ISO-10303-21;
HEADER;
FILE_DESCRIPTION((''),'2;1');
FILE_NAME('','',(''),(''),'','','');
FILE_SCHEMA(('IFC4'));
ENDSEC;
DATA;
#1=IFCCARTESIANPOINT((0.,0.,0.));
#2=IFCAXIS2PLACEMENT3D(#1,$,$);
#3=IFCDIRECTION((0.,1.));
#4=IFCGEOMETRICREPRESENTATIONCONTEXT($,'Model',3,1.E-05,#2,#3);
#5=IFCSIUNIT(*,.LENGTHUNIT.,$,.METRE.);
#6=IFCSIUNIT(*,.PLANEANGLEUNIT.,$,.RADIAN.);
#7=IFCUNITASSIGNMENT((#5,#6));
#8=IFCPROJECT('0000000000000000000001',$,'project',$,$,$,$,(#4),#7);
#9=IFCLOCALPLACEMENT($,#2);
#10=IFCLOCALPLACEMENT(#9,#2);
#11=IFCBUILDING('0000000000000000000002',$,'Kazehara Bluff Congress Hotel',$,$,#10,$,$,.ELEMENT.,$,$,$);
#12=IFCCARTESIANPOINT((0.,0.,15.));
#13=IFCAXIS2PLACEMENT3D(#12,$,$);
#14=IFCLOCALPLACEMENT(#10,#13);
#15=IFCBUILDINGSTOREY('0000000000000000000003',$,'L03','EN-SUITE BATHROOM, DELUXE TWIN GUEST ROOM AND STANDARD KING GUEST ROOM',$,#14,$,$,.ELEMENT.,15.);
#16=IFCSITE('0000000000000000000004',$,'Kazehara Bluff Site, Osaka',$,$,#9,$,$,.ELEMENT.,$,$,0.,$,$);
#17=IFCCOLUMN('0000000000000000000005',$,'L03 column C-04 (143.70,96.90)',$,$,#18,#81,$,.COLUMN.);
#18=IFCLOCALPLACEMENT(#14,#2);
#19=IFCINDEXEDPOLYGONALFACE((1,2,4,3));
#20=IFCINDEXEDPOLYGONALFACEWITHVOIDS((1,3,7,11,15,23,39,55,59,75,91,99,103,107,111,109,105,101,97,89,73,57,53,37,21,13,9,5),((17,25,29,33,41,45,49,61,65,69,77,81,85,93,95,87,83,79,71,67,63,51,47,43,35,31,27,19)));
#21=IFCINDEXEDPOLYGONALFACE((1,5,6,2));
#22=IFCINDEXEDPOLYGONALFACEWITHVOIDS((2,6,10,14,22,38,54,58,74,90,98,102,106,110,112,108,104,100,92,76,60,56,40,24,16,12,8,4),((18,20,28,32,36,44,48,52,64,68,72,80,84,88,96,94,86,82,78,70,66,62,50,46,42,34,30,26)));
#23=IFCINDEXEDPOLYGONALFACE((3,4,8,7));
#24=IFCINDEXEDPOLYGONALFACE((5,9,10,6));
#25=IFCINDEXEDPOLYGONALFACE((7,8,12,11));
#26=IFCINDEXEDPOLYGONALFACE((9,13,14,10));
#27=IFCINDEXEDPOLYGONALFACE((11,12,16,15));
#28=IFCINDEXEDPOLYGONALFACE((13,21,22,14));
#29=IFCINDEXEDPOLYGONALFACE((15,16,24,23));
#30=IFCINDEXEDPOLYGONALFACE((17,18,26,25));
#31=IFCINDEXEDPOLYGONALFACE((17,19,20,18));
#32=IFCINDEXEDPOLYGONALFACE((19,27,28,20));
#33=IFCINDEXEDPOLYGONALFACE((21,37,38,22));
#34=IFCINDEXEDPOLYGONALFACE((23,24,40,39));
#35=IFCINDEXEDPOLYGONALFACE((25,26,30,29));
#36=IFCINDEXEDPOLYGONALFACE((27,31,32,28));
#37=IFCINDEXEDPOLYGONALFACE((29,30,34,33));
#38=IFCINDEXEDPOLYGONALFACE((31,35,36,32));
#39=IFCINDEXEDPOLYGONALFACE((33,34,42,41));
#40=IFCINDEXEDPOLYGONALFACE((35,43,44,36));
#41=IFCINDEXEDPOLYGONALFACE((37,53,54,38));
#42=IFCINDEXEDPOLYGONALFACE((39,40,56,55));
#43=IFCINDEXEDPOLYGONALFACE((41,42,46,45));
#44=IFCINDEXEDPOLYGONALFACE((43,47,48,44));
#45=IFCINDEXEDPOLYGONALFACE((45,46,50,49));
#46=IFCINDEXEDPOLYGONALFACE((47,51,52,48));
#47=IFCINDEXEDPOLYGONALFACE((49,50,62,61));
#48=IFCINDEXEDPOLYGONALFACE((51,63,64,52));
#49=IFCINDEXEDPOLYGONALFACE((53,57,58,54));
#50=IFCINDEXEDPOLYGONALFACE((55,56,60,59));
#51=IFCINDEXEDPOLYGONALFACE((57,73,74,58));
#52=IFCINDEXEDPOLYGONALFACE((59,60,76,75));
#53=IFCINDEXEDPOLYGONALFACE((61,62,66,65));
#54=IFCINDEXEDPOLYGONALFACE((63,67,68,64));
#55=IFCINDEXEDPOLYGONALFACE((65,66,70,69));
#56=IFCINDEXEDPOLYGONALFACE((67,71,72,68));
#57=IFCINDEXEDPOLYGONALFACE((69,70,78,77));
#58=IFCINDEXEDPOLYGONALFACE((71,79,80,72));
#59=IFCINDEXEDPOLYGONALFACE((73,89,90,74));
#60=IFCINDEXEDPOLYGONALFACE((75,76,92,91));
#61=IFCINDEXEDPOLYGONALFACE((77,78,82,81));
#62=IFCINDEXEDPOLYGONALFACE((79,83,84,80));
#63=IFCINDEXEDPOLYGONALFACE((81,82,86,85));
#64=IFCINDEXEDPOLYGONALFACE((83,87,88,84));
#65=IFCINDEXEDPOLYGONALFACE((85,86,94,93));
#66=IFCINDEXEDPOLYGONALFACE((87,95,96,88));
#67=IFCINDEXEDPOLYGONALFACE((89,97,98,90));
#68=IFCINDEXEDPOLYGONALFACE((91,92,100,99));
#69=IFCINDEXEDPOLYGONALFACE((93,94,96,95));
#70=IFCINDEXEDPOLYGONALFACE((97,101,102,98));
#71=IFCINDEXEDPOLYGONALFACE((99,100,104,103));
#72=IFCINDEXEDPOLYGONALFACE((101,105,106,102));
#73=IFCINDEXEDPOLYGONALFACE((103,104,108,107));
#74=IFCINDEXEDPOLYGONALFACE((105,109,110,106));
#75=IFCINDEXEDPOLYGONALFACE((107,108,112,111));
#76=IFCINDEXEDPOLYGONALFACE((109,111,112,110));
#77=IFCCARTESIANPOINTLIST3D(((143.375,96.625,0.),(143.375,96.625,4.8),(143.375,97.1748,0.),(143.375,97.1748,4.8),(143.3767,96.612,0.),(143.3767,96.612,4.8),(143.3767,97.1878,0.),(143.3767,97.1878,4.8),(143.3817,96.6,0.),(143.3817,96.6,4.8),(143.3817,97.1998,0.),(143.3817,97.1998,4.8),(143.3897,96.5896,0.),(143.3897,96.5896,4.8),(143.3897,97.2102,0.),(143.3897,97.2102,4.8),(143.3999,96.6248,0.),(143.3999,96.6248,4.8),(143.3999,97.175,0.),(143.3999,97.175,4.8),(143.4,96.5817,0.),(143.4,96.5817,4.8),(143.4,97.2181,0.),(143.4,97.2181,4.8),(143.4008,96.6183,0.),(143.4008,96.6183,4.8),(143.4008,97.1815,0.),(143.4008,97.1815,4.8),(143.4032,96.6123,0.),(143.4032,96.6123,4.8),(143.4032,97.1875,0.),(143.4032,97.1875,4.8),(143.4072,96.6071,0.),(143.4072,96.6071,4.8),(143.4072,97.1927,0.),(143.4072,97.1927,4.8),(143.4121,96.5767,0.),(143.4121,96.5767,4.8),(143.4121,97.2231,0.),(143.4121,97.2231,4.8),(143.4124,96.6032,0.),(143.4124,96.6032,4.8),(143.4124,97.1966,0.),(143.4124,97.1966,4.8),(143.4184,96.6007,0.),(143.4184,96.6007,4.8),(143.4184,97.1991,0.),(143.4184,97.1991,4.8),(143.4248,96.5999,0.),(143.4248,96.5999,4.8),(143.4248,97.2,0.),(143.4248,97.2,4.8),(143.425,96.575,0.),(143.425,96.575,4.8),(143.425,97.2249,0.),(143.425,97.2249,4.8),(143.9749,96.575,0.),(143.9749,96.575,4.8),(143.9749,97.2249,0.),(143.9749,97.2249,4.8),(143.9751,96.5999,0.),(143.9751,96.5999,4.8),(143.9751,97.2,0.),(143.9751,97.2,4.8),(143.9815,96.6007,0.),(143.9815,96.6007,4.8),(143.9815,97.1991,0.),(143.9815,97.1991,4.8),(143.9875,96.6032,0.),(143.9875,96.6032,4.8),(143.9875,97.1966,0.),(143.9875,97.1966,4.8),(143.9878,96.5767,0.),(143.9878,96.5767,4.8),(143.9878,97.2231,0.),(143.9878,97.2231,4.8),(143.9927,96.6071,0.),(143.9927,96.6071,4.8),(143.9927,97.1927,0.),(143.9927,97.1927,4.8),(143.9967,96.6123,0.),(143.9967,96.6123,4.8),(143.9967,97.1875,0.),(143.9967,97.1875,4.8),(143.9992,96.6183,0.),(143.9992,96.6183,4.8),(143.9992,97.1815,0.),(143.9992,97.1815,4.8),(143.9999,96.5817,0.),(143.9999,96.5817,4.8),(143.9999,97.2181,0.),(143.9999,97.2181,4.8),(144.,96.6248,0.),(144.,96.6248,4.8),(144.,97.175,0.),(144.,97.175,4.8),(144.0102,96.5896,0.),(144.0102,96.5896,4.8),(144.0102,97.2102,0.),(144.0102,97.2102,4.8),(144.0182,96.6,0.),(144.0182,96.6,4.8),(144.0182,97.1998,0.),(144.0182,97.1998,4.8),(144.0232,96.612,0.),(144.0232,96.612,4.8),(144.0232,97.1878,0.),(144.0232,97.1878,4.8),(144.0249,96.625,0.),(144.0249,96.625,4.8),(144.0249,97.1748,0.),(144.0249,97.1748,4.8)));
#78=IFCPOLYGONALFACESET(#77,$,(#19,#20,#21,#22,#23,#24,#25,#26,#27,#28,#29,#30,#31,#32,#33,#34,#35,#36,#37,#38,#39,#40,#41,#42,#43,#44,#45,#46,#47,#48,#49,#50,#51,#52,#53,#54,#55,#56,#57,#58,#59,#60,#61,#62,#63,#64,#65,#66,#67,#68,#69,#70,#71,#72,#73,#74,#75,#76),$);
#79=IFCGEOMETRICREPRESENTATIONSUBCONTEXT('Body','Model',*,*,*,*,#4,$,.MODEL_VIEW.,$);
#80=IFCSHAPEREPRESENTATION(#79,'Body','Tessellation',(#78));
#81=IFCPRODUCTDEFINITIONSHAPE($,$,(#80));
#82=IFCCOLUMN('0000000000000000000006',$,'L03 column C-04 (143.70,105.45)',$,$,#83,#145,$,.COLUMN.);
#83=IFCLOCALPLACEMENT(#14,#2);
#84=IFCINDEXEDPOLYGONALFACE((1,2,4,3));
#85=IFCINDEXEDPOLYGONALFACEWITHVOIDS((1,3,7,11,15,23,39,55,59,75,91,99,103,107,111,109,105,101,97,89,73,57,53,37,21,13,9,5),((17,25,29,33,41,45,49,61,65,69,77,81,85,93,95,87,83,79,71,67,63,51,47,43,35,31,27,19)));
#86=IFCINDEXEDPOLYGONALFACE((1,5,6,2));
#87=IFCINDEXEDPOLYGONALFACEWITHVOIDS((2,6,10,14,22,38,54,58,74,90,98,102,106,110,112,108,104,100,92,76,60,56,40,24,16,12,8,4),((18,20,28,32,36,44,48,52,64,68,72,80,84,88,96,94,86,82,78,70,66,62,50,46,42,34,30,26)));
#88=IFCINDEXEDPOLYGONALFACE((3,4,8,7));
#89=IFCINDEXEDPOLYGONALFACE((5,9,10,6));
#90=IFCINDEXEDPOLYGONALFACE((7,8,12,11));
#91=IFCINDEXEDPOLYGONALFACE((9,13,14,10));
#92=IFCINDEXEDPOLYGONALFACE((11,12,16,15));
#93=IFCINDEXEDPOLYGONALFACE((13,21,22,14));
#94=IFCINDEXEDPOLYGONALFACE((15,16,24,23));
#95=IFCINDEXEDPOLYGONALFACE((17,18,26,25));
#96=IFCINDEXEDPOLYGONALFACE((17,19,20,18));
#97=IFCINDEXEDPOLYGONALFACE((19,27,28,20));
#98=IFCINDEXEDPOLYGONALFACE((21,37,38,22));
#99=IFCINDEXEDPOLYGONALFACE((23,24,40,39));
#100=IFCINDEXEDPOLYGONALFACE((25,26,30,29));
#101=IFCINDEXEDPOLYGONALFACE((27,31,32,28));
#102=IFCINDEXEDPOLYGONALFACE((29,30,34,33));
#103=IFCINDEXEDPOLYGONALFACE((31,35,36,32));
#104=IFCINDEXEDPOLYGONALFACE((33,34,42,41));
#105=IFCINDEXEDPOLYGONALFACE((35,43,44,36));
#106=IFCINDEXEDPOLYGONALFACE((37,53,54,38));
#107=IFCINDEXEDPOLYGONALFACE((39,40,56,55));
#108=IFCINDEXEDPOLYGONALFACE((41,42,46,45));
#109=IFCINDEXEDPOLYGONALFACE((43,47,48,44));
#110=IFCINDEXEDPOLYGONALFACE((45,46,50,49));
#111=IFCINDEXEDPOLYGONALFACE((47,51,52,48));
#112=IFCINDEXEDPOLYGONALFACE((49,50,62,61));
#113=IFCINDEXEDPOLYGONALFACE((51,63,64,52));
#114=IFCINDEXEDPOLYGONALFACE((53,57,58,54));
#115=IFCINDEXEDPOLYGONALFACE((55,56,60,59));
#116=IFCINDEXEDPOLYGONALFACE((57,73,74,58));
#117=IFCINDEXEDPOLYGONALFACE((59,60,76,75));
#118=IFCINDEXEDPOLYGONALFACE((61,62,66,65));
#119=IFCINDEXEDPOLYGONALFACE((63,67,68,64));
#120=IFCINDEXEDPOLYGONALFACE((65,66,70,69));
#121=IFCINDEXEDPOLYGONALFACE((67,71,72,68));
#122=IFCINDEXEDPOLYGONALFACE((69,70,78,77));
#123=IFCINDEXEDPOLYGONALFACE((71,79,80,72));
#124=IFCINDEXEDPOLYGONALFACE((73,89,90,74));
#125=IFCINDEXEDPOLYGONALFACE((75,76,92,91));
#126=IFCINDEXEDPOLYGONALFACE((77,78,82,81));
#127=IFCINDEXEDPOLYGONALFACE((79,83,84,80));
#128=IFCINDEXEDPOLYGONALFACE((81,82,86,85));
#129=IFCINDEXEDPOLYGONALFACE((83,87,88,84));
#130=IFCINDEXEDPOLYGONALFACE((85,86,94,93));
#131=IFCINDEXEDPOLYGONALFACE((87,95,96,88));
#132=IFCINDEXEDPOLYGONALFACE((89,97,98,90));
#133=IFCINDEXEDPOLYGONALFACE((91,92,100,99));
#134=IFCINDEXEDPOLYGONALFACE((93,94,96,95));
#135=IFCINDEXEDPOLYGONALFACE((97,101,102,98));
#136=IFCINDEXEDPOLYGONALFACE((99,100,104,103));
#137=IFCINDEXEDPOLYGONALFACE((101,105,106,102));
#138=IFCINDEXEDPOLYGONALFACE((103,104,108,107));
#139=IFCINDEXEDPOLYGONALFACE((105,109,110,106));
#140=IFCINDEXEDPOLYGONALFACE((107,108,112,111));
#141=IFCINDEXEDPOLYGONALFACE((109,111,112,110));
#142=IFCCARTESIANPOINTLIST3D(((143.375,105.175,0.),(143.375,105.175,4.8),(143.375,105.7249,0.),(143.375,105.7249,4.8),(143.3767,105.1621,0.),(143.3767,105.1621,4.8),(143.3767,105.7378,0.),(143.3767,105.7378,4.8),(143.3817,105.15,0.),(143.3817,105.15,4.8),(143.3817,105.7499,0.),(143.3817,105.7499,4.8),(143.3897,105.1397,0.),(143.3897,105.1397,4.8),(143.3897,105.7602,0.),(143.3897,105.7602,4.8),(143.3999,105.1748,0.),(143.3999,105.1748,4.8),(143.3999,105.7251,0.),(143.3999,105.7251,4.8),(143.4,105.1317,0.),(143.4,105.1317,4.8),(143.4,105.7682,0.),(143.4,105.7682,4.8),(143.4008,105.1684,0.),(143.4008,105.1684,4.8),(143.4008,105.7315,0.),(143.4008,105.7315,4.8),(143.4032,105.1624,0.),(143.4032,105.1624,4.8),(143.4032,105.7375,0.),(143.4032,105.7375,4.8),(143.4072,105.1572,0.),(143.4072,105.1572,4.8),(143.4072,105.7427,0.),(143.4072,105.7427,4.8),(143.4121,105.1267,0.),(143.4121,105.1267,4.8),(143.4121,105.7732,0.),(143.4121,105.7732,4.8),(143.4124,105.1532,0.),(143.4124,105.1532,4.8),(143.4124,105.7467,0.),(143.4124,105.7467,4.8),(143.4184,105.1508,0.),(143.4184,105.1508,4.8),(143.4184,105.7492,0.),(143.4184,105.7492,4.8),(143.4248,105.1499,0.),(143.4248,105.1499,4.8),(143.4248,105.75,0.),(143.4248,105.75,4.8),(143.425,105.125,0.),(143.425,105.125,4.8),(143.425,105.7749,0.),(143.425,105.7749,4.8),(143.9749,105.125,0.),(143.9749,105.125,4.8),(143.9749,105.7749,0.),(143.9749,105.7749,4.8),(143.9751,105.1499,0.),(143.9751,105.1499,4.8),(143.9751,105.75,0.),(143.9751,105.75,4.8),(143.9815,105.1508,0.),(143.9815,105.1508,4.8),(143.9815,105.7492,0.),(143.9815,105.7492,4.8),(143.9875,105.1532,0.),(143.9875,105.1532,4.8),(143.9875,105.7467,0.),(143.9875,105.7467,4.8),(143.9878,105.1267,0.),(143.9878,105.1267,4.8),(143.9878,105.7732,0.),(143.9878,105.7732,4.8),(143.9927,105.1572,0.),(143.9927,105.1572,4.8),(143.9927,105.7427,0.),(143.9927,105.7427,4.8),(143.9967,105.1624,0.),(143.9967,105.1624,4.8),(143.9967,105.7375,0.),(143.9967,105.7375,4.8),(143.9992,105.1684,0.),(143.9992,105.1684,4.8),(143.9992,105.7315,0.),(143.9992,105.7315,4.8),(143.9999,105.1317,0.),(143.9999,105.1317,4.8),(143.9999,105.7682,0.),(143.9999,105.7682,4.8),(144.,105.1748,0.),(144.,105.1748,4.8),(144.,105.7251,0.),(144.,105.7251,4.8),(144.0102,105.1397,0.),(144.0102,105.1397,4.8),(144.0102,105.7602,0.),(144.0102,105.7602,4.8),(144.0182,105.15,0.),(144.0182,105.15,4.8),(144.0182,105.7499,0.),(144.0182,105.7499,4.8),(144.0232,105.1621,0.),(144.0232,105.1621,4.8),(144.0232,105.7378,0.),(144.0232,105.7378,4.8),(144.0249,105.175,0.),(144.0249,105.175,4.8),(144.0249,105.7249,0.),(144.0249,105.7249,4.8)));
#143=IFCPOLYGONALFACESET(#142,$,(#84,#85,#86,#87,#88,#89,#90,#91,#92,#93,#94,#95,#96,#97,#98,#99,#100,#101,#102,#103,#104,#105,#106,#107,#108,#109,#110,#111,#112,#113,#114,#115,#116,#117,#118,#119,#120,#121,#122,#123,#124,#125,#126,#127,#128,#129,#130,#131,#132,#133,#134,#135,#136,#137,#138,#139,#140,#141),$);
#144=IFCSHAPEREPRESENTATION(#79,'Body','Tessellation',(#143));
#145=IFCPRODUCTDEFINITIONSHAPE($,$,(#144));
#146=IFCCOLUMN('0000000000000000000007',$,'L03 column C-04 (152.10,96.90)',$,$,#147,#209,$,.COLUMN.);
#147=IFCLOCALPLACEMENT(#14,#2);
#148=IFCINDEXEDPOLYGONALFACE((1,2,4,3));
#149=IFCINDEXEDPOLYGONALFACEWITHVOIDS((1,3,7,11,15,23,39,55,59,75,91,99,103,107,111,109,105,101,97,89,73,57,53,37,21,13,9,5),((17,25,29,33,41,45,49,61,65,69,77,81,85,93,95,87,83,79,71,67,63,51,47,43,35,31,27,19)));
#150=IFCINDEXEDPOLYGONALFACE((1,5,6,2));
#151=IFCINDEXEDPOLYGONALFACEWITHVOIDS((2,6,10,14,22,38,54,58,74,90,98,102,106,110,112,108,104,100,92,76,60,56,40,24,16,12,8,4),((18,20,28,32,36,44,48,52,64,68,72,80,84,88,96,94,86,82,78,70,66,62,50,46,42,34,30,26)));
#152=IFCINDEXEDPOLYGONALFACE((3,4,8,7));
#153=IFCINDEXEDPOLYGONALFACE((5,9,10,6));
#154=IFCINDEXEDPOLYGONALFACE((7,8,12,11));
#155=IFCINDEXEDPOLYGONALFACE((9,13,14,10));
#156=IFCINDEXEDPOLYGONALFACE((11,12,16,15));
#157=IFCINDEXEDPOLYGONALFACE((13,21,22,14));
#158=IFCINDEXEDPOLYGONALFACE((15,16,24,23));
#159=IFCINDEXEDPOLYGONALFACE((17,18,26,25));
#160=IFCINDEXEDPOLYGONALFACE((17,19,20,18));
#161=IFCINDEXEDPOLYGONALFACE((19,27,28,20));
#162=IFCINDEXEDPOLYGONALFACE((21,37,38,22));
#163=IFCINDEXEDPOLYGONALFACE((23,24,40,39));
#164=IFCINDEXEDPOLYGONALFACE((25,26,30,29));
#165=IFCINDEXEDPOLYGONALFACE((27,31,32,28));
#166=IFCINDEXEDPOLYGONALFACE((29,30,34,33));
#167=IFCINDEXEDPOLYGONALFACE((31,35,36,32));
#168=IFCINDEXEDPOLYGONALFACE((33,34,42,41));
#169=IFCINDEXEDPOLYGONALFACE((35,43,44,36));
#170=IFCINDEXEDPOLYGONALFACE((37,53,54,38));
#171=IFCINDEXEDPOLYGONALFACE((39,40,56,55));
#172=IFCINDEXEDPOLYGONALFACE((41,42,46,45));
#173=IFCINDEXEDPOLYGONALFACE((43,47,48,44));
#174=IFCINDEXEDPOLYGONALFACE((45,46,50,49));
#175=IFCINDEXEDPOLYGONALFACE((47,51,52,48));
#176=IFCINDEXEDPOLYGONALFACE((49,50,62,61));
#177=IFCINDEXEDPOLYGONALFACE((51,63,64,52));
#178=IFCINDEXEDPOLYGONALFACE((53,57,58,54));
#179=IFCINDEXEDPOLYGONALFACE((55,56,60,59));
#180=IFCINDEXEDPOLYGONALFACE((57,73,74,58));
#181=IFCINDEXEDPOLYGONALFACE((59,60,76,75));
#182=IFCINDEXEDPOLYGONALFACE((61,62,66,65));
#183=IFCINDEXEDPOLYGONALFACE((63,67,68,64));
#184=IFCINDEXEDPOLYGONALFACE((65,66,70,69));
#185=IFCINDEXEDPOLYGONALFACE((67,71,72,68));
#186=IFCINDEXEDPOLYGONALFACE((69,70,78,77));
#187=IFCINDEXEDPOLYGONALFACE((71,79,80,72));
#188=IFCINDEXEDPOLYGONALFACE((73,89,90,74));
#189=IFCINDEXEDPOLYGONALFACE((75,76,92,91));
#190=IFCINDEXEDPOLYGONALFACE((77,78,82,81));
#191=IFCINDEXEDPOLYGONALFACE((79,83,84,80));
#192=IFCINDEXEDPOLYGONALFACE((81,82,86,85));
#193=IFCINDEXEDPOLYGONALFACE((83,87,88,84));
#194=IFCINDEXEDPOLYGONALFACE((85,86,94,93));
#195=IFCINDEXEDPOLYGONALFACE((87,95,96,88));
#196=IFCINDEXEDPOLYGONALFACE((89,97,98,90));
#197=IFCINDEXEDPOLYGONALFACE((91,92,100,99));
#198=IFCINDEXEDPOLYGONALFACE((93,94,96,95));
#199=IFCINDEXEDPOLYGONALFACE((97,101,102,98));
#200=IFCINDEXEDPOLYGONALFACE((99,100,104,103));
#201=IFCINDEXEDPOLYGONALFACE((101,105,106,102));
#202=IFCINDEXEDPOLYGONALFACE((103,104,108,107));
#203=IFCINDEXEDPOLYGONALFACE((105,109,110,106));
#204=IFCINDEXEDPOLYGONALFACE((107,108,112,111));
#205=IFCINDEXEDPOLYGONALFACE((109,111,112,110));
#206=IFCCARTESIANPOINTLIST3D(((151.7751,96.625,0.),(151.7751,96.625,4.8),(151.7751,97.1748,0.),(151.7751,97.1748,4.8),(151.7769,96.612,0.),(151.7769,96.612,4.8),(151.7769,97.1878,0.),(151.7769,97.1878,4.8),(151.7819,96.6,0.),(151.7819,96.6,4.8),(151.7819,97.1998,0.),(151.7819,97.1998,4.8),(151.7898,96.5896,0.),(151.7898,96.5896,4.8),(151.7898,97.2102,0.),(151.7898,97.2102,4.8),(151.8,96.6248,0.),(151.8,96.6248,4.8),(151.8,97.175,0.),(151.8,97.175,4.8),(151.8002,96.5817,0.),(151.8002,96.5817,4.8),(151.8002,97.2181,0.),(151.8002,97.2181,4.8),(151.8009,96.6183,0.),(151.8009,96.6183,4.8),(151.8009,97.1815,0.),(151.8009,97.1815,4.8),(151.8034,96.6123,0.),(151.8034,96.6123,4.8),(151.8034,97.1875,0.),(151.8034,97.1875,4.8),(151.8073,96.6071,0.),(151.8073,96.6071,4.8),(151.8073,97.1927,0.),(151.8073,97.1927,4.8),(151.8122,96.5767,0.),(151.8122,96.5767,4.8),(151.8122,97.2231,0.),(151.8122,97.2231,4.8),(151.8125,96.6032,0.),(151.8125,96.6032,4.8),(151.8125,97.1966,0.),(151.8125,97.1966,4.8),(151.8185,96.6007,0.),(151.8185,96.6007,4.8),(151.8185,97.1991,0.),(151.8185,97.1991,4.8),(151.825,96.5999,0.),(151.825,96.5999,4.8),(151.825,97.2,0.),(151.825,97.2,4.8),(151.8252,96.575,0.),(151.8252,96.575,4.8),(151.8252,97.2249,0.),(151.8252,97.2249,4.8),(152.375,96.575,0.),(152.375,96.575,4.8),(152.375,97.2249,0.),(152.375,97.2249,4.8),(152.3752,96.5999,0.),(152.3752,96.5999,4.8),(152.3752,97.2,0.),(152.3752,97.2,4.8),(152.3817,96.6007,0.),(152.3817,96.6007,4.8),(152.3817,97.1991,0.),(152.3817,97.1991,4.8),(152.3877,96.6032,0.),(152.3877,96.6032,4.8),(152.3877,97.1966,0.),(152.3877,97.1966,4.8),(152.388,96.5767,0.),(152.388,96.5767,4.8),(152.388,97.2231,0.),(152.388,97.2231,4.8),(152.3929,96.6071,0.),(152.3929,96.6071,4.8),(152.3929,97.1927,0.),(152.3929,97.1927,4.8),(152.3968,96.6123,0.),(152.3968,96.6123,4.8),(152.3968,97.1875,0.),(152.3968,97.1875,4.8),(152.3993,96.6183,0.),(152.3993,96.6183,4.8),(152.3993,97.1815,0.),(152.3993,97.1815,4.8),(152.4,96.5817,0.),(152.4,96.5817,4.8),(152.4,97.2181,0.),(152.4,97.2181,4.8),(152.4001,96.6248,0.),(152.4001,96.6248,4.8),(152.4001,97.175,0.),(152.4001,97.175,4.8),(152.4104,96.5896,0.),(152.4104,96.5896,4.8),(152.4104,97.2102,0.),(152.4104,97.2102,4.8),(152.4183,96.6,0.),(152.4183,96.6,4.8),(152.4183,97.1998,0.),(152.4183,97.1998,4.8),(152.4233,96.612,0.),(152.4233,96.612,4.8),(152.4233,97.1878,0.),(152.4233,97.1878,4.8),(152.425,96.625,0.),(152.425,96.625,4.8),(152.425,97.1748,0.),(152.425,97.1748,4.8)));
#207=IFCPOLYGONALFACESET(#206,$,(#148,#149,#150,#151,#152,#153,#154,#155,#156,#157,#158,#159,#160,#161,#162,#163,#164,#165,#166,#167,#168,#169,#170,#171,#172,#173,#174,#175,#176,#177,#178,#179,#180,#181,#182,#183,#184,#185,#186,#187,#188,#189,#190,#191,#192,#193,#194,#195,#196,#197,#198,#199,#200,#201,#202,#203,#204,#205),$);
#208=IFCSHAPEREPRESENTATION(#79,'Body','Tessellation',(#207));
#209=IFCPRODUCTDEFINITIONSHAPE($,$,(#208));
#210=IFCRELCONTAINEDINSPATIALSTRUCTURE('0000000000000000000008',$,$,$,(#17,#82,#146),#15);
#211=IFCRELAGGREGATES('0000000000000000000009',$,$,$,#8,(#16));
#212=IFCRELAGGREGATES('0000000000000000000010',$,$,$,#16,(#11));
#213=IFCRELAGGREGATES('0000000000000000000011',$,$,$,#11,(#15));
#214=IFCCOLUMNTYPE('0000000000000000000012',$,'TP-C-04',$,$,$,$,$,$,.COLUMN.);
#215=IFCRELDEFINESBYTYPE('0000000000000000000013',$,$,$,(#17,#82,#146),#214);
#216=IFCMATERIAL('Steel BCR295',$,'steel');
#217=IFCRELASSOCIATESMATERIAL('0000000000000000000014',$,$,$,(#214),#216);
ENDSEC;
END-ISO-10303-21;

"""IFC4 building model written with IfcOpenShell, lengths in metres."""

from ifc_helpers import new_model, si_unit, direction, frame, origin, origin_2d, place, context, subcontext, project, spatial, hollow_rectangle, extrude, material, material_profile, profile_set, type_object, element, save


model = new_model("IFC4")

# Units and contexts
model_context = context("Model", 3, precision=1e-05, world=origin(), true_north=direction((0.0, 1.0)))
body_context = subcontext(model_context, "Body", "Model", "MODEL_VIEW")
ifc_project = project(units=[si_unit("LENGTHUNIT", "METRE"), si_unit("PLANEANGLEUNIT", "RADIAN")], contexts=[model_context])

# Site, building, storey
site_placement = place(None, origin())
site = spatial("IfcSite", under=ifc_project, at=site_placement, Name="Kazehara Bluff Site, Osaka", CompositionType="ELEMENT", RefElevation=0.0)
building_placement = place(site_placement, origin())
building = spatial("IfcBuilding", under=site, at=building_placement, Name="Kazehara Bluff Congress Hotel", CompositionType="ELEMENT")
storey_placement = place(building_placement, frame((0.0, 0.0, 15.0)))
storey = spatial("IfcBuildingStorey", under=building, at=storey_placement, Name="L03", Description="EN-SUITE BATHROOM, DELUXE TWIN GUEST ROOM AND STANDARD KING GUEST ROOM", CompositionType="ELEMENT", Elevation=15.0)

# Columns
ifc_material_1 = material(Name="Steel BCR295", Category="steel")
ifc_material_profile_1 = material_profile(ifc_material_1, hollow_rectangle(XDim=0.6499, YDim=0.6499, WallThickness=0.0249, InnerFilletRadius=0.0249, OuterFilletRadius=0.05, at=origin_2d()))
ifc_profile_set_1 = profile_set([ifc_material_profile_1], Name="Steel BCR295")
column_type = type_object("IfcColumnType", Name="TP-C-04", PredefinedType="COLUMN", material=ifc_profile_set_1)
for number, where, z_axis, x_axis, name in (
    (1, (143.7, 96.8999, 0.0), (0.0, 0.0, 1.0), (1.0, 0.0, 0.0), "L03 column C-04 (143.70,96.90)"),
    (2, (143.7, 105.45, 0.0), (0.0, 0.0, 1.0), (1.0, 0.0, 0.0), "L03 column C-04 (143.70,105.45)"),
    (3, (152.1001, 96.8999, 0.0), (0.0, 0.0, 1.0), (1.0, 0.0, 0.0), "L03 column C-04 (152.10,96.90)"),
):
    element("IfcColumn", number, at=place(storey_placement, frame(where, z_axis=z_axis, x_axis=x_axis)), inside=storey, type_object=column_type, Name=name, PredefinedType="COLUMN", context=body_context, shape_type="SweptSolid", body=[
        extrude(hollow_rectangle(XDim=0.6499, YDim=0.6499, WallThickness=0.0249, InnerFilletRadius=0.0249, OuterFilletRadius=0.05, at=origin_2d()), origin(), (0.0, 0.0, 1.0), 4.8),
    ])

save(model, "model.ifc")
